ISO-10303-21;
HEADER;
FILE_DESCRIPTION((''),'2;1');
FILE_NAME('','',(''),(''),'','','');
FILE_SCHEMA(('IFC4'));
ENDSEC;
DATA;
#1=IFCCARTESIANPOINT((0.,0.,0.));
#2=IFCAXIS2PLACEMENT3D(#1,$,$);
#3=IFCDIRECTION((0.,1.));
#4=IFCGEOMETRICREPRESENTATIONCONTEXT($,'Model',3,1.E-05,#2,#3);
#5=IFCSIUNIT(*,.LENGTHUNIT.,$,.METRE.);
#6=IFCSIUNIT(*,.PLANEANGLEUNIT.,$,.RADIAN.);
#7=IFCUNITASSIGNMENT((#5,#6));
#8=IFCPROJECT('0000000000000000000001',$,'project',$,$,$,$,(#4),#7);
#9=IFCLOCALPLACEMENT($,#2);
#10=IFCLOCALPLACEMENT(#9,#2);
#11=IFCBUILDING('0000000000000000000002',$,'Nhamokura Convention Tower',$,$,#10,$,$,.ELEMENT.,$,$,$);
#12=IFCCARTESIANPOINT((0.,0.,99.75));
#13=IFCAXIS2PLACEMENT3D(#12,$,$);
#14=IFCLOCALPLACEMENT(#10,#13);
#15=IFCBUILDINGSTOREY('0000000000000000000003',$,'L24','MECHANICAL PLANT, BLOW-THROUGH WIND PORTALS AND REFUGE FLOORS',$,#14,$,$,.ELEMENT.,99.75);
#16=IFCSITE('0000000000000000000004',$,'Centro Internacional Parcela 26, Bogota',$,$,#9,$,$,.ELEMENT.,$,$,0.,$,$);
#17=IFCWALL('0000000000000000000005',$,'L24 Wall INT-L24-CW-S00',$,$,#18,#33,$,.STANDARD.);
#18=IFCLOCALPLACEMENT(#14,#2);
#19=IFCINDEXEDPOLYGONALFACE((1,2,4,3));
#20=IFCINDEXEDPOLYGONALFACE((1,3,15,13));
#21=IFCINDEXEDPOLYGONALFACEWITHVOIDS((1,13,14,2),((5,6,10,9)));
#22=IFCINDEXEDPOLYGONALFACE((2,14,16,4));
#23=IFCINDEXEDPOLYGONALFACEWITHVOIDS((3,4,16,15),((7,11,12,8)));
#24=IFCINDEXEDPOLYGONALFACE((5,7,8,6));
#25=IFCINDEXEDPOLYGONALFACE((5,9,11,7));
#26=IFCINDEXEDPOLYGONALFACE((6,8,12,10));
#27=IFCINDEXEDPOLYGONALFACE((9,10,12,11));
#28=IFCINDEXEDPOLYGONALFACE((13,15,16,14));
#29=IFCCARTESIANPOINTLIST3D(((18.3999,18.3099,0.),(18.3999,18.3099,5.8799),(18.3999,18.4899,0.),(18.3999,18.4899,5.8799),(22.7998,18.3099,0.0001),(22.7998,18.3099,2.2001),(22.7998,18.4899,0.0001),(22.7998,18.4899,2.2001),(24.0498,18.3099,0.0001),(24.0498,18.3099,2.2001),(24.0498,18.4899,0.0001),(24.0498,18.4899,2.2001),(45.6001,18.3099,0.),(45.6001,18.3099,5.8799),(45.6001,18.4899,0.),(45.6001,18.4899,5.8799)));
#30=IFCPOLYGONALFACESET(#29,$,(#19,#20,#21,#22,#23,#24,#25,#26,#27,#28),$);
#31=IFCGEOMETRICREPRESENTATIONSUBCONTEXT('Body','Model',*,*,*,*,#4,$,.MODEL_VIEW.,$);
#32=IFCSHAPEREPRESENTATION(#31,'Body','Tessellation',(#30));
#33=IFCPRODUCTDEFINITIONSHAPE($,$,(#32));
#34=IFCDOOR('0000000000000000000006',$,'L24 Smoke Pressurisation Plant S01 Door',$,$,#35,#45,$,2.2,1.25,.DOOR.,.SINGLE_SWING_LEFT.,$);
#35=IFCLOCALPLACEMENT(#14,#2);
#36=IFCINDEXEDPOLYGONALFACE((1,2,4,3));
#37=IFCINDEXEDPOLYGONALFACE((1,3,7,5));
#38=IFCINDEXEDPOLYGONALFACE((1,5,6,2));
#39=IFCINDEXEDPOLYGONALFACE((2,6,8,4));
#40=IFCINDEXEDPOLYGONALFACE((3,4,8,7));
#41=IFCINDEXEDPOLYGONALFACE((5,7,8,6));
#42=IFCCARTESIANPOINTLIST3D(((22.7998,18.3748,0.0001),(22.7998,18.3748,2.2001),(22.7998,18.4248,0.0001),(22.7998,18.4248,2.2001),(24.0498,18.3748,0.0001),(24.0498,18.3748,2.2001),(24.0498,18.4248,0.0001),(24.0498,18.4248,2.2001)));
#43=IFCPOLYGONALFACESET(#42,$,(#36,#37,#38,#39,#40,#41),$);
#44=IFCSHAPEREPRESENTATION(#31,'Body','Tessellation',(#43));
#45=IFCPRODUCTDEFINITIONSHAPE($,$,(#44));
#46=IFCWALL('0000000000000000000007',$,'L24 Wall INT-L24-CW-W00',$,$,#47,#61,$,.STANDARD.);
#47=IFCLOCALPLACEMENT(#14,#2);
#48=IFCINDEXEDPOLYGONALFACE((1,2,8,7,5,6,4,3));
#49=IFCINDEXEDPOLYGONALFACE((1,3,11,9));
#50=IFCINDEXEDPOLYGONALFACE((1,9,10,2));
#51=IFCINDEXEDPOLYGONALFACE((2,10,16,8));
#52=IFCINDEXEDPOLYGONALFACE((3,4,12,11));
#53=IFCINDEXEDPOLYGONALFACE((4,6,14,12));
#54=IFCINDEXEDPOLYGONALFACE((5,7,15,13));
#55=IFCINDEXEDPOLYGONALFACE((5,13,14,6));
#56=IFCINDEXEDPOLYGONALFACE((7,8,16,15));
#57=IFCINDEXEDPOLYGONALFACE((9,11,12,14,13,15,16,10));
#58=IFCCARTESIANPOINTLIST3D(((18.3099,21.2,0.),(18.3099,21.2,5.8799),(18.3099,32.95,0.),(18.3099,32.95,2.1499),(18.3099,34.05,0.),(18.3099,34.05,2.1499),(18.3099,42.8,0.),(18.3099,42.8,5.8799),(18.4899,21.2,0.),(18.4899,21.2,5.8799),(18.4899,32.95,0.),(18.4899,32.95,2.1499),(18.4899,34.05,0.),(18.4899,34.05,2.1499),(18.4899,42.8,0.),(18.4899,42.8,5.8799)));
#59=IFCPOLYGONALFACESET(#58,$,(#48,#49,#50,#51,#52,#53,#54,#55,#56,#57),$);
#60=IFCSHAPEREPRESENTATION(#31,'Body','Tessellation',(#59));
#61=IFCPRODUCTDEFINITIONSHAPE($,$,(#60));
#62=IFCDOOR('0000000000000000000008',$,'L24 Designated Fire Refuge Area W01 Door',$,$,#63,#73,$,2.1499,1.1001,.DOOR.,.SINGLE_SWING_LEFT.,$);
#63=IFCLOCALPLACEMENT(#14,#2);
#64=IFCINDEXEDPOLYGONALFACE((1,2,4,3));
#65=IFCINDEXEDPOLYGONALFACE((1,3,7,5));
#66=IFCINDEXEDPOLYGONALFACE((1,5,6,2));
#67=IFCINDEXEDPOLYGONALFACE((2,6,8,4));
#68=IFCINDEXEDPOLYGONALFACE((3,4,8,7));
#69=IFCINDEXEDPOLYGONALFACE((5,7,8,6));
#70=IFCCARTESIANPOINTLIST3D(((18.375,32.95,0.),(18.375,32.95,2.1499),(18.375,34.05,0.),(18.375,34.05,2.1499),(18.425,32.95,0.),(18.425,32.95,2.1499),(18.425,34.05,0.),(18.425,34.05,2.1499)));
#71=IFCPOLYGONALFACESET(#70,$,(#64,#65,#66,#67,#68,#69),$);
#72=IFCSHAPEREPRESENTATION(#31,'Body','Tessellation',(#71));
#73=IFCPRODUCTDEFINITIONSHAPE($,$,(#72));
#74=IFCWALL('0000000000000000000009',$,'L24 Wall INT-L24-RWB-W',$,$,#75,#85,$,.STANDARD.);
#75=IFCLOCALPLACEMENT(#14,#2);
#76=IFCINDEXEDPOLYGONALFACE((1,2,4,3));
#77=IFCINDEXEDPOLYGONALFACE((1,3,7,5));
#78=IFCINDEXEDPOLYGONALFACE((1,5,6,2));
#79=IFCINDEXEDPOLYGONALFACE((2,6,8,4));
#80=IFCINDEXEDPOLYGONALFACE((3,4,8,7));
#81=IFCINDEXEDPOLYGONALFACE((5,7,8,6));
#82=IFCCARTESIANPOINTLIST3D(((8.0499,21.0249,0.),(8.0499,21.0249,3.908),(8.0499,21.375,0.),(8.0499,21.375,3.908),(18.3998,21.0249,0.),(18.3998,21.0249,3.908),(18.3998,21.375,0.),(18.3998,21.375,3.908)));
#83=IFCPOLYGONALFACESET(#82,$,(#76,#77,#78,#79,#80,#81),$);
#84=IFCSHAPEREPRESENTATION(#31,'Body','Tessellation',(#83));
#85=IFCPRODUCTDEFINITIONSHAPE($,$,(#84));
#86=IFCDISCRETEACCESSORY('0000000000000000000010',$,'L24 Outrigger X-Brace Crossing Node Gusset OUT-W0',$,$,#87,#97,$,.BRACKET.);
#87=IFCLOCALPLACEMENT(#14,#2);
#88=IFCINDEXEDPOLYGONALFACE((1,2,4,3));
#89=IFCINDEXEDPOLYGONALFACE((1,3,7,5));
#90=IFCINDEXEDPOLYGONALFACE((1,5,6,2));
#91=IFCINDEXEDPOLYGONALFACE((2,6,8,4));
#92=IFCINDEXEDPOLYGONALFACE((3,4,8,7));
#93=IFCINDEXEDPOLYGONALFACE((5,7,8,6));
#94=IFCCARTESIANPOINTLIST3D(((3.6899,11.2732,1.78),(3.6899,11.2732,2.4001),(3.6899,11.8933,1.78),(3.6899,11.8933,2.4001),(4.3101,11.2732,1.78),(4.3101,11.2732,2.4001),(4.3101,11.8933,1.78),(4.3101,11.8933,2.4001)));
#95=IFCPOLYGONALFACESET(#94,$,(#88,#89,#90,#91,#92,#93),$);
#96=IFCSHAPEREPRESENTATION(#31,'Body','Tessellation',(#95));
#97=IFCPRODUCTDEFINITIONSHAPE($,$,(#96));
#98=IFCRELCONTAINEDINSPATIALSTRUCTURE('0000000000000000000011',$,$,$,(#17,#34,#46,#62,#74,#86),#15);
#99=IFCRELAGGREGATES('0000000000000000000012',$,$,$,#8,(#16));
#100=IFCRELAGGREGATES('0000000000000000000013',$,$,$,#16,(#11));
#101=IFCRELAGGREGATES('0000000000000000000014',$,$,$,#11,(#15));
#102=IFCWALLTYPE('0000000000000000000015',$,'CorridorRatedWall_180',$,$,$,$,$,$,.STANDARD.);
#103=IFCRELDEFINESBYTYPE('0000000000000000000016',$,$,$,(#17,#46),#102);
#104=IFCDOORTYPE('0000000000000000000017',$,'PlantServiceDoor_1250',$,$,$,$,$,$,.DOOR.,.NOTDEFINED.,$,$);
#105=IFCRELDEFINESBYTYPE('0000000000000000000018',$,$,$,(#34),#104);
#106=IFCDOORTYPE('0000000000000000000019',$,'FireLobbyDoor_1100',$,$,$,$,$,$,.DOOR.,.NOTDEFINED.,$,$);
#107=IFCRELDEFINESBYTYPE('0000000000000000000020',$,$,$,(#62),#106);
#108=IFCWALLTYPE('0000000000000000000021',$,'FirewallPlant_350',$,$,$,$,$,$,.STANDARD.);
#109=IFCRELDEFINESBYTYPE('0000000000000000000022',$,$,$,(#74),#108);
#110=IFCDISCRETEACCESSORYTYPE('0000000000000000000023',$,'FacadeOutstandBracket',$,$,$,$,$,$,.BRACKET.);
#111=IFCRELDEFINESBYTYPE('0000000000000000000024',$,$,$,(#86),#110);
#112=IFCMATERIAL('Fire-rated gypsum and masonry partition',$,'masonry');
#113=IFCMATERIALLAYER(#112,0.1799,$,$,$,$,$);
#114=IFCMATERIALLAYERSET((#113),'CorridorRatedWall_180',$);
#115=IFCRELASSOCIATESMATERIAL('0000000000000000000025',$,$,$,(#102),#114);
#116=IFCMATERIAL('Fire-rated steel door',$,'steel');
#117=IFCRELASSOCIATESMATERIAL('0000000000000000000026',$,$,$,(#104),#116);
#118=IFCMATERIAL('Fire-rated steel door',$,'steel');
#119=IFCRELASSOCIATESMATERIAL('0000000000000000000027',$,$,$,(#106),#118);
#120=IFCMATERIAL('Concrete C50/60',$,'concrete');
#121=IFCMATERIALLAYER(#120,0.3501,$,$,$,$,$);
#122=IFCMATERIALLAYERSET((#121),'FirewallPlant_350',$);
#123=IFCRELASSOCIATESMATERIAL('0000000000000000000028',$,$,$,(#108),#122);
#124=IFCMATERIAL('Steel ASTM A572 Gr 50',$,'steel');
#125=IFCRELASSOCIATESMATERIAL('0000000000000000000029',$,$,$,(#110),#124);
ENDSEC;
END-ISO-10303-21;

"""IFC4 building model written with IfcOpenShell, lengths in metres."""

from ifc_helpers import new_model, si_unit, direction, frame, frame_2d, origin, origin_2d, place, context, subcontext, project, spatial, rectangle, extrude, material, layer, layer_set, type_object, element, fill, save


model = new_model("IFC4")

# Units and contexts
model_context = context("Model", 3, precision=1e-05, world=origin(), true_north=direction((0.0, 1.0)))
body_context = subcontext(model_context, "Body", "Model", "MODEL_VIEW")
ifc_project = project(units=[si_unit("LENGTHUNIT", "METRE"), si_unit("PLANEANGLEUNIT", "RADIAN")], contexts=[model_context])

# Site, building, storey
site_placement = place(None, origin())
site = spatial("IfcSite", under=ifc_project, at=site_placement, Name="Centro Internacional Parcela 26, Bogota", CompositionType="ELEMENT", RefElevation=0.0)
building_placement = place(site_placement, origin())
building = spatial("IfcBuilding", under=site, at=building_placement, Name="Nhamokura Convention Tower", CompositionType="ELEMENT")
storey_placement = place(building_placement, frame((0.0, 0.0, 99.75)))
storey = spatial("IfcBuildingStorey", under=building, at=storey_placement, Name="L24", Description="MECHANICAL PLANT, BLOW-THROUGH WIND PORTALS AND REFUGE FLOORS", CompositionType="ELEMENT", Elevation=99.75)

# Walls, openings, doors
ifc_material_1 = material(Name="Fire-rated gypsum and masonry partition", Category="masonry")
ifc_layer_1 = layer(ifc_material_1, 0.1799)
ifc_layer_set_1 = layer_set([ifc_layer_1], Name="CorridorRatedWall_180")
wall_type_1 = type_object("IfcWallType", Name="CorridorRatedWall_180", PredefinedType="STANDARD", material=ifc_layer_set_1)
wall_1_placement = place(storey_placement, frame((18.3999, 18.3999, 0.0), z_axis=(0.0, 0.0, 1.0), x_axis=(1.0, 0.0, 0.0)))
wall_1 = element("IfcWall", 1, at=wall_1_placement, inside=storey, type_object=wall_type_1, Name="L24 Wall INT-L24-CW-S00", PredefinedType="STANDARD", context=body_context, shape_type="SweptSolid", body=[
    extrude(rectangle(XDim=27.2002, YDim=0.1799, at=frame_2d((13.6001, 0.0))), origin(), (0.0, 0.0, 1.0), 5.8799),
])
opening_1_placement = place(wall_1_placement, frame((4.3999, 0.0, 0.0)))
opening_1 = element("IfcOpeningElement", 2, at=opening_1_placement, cuts=wall_1, PredefinedType="OPENING", context=body_context, shape_type="SweptSolid", body=[
    extrude(rectangle(XDim=1.25, YDim=2.2, at=frame_2d((0.625, 1.1001))), frame((0.0, 0.0999, 0.0), z_axis=(0.0, -1.0, 0.0), x_axis=(1.0, 0.0, 0.0)), (0.0, 0.0, 1.0), 0.2),
])
ifc_material_2 = material(Name="Fire-rated steel door", Category="steel")
door_type_1 = type_object("IfcDoorType", Name="PlantServiceDoor_1250", OperationType="NOTDEFINED", PredefinedType="DOOR", material=ifc_material_2)
door_1_placement = place(opening_1_placement, origin())
door_1 = element("IfcDoor", 3, at=door_1_placement, inside=storey, type_object=door_type_1, Name="L24 Smoke Pressurisation Plant S01 Door", OperationType="SINGLE_SWING_LEFT", OverallHeight=2.2, OverallWidth=1.25, PredefinedType="DOOR", context=body_context, shape_type="SweptSolid", body=[
    extrude(rectangle(XDim=1.25, YDim=2.2, at=frame_2d((0.625, 1.1001))), frame((0.0, 0.0249, 0.0), z_axis=(0.0, -1.0, 0.0), x_axis=(1.0, 0.0, 0.0)), (0.0, 0.0, 1.0), 0.05),
])
fill(opening_1, door_1)
wall_2_placement = place(storey_placement, frame((18.3999, 21.2, 0.0), z_axis=(0.0, 0.0, 1.0), x_axis=(0.0, 1.0, 0.0)))
wall_2 = element("IfcWall", 4, at=wall_2_placement, inside=storey, type_object=wall_type_1, Name="L24 Wall INT-L24-CW-W00", PredefinedType="STANDARD", context=body_context, shape_type="SweptSolid", body=[
    extrude(rectangle(XDim=21.6001, YDim=0.1799, at=frame_2d((10.8, 0.0))), origin(), (0.0, 0.0, 1.0), 5.8799),
])
opening_2_placement = place(wall_2_placement, frame((11.75, 0.0, 0.0)))
opening_2 = element("IfcOpeningElement", 5, at=opening_2_placement, cuts=wall_2, PredefinedType="OPENING", context=body_context, shape_type="SweptSolid", body=[
    extrude(rectangle(XDim=1.1001, YDim=2.1499, at=frame_2d((0.55, 1.075))), frame((0.0, 0.0999, 0.0), z_axis=(0.0, -1.0, 0.0), x_axis=(1.0, 0.0, 0.0)), (0.0, 0.0, 1.0), 0.2),
])
ifc_material_3 = material(Name="Fire-rated steel door", Category="steel")
door_type_2 = type_object("IfcDoorType", Name="FireLobbyDoor_1100", OperationType="NOTDEFINED", PredefinedType="DOOR", material=ifc_material_3)
door_2_placement = place(opening_2_placement, origin())
door_2 = element("IfcDoor", 6, at=door_2_placement, inside=storey, type_object=door_type_2, Name="L24 Designated Fire Refuge Area W01 Door", OperationType="SINGLE_SWING_LEFT", OverallHeight=2.1499, OverallWidth=1.1001, PredefinedType="DOOR", context=body_context, shape_type="SweptSolid", body=[
    extrude(rectangle(XDim=1.1001, YDim=2.1499, at=frame_2d((0.55, 1.075))), frame((0.0, 0.0249, 0.0), z_axis=(0.0, -1.0, 0.0), x_axis=(1.0, 0.0, 0.0)), (0.0, 0.0, 1.0), 0.05),
])
fill(opening_2, door_2)

# Wall
ifc_material_4 = material(Name="Concrete C50/60", Category="concrete")
ifc_layer_2 = layer(ifc_material_4, 0.3501)
ifc_layer_set_2 = layer_set([ifc_layer_2], Name="FirewallPlant_350")
wall_type_2 = type_object("IfcWallType", Name="FirewallPlant_350", PredefinedType="STANDARD", material=ifc_layer_set_2)
wall_3_placement = place(storey_placement, frame((8.05, 21.2, 0.0), z_axis=(0.0, 0.0, 1.0), x_axis=(1.0, 0.0, 0.0)))
element("IfcWall", 7, at=wall_3_placement, inside=storey, type_object=wall_type_2, Name="L24 Wall INT-L24-RWB-W", PredefinedType="STANDARD", context=body_context, shape_type="SweptSolid", body=[
    extrude(rectangle(XDim=10.3499, YDim=0.3501, at=frame_2d((5.1748, 0.0))), origin(), (0.0, 0.0, 1.0), 3.908),
])

# Discrete accessory
ifc_material_5 = material(Name="Steel ASTM A572 Gr 50", Category="steel")
discrete_accessory_type = type_object("IfcDiscreteAccessoryType", Name="FacadeOutstandBracket", PredefinedType="BRACKET", material=ifc_material_5)
discrete_accessory_placement = place(storey_placement, frame((4.0, 11.5833, 1.78), z_axis=(0.0, 0.0, 1.0), x_axis=(1.0, 0.0, 0.0)))
element("IfcDiscreteAccessory", 8, at=discrete_accessory_placement, inside=storey, type_object=discrete_accessory_type, Name="L24 Outrigger X-Brace Crossing Node Gusset OUT-W0", PredefinedType="BRACKET", context=body_context, shape_type="SweptSolid", body=[
    extrude(rectangle(XDim=0.6201, YDim=0.6201, at=origin_2d()), origin(), (0.0, 0.0, 1.0), 0.6201),
])

save(model, "model.ifc")
